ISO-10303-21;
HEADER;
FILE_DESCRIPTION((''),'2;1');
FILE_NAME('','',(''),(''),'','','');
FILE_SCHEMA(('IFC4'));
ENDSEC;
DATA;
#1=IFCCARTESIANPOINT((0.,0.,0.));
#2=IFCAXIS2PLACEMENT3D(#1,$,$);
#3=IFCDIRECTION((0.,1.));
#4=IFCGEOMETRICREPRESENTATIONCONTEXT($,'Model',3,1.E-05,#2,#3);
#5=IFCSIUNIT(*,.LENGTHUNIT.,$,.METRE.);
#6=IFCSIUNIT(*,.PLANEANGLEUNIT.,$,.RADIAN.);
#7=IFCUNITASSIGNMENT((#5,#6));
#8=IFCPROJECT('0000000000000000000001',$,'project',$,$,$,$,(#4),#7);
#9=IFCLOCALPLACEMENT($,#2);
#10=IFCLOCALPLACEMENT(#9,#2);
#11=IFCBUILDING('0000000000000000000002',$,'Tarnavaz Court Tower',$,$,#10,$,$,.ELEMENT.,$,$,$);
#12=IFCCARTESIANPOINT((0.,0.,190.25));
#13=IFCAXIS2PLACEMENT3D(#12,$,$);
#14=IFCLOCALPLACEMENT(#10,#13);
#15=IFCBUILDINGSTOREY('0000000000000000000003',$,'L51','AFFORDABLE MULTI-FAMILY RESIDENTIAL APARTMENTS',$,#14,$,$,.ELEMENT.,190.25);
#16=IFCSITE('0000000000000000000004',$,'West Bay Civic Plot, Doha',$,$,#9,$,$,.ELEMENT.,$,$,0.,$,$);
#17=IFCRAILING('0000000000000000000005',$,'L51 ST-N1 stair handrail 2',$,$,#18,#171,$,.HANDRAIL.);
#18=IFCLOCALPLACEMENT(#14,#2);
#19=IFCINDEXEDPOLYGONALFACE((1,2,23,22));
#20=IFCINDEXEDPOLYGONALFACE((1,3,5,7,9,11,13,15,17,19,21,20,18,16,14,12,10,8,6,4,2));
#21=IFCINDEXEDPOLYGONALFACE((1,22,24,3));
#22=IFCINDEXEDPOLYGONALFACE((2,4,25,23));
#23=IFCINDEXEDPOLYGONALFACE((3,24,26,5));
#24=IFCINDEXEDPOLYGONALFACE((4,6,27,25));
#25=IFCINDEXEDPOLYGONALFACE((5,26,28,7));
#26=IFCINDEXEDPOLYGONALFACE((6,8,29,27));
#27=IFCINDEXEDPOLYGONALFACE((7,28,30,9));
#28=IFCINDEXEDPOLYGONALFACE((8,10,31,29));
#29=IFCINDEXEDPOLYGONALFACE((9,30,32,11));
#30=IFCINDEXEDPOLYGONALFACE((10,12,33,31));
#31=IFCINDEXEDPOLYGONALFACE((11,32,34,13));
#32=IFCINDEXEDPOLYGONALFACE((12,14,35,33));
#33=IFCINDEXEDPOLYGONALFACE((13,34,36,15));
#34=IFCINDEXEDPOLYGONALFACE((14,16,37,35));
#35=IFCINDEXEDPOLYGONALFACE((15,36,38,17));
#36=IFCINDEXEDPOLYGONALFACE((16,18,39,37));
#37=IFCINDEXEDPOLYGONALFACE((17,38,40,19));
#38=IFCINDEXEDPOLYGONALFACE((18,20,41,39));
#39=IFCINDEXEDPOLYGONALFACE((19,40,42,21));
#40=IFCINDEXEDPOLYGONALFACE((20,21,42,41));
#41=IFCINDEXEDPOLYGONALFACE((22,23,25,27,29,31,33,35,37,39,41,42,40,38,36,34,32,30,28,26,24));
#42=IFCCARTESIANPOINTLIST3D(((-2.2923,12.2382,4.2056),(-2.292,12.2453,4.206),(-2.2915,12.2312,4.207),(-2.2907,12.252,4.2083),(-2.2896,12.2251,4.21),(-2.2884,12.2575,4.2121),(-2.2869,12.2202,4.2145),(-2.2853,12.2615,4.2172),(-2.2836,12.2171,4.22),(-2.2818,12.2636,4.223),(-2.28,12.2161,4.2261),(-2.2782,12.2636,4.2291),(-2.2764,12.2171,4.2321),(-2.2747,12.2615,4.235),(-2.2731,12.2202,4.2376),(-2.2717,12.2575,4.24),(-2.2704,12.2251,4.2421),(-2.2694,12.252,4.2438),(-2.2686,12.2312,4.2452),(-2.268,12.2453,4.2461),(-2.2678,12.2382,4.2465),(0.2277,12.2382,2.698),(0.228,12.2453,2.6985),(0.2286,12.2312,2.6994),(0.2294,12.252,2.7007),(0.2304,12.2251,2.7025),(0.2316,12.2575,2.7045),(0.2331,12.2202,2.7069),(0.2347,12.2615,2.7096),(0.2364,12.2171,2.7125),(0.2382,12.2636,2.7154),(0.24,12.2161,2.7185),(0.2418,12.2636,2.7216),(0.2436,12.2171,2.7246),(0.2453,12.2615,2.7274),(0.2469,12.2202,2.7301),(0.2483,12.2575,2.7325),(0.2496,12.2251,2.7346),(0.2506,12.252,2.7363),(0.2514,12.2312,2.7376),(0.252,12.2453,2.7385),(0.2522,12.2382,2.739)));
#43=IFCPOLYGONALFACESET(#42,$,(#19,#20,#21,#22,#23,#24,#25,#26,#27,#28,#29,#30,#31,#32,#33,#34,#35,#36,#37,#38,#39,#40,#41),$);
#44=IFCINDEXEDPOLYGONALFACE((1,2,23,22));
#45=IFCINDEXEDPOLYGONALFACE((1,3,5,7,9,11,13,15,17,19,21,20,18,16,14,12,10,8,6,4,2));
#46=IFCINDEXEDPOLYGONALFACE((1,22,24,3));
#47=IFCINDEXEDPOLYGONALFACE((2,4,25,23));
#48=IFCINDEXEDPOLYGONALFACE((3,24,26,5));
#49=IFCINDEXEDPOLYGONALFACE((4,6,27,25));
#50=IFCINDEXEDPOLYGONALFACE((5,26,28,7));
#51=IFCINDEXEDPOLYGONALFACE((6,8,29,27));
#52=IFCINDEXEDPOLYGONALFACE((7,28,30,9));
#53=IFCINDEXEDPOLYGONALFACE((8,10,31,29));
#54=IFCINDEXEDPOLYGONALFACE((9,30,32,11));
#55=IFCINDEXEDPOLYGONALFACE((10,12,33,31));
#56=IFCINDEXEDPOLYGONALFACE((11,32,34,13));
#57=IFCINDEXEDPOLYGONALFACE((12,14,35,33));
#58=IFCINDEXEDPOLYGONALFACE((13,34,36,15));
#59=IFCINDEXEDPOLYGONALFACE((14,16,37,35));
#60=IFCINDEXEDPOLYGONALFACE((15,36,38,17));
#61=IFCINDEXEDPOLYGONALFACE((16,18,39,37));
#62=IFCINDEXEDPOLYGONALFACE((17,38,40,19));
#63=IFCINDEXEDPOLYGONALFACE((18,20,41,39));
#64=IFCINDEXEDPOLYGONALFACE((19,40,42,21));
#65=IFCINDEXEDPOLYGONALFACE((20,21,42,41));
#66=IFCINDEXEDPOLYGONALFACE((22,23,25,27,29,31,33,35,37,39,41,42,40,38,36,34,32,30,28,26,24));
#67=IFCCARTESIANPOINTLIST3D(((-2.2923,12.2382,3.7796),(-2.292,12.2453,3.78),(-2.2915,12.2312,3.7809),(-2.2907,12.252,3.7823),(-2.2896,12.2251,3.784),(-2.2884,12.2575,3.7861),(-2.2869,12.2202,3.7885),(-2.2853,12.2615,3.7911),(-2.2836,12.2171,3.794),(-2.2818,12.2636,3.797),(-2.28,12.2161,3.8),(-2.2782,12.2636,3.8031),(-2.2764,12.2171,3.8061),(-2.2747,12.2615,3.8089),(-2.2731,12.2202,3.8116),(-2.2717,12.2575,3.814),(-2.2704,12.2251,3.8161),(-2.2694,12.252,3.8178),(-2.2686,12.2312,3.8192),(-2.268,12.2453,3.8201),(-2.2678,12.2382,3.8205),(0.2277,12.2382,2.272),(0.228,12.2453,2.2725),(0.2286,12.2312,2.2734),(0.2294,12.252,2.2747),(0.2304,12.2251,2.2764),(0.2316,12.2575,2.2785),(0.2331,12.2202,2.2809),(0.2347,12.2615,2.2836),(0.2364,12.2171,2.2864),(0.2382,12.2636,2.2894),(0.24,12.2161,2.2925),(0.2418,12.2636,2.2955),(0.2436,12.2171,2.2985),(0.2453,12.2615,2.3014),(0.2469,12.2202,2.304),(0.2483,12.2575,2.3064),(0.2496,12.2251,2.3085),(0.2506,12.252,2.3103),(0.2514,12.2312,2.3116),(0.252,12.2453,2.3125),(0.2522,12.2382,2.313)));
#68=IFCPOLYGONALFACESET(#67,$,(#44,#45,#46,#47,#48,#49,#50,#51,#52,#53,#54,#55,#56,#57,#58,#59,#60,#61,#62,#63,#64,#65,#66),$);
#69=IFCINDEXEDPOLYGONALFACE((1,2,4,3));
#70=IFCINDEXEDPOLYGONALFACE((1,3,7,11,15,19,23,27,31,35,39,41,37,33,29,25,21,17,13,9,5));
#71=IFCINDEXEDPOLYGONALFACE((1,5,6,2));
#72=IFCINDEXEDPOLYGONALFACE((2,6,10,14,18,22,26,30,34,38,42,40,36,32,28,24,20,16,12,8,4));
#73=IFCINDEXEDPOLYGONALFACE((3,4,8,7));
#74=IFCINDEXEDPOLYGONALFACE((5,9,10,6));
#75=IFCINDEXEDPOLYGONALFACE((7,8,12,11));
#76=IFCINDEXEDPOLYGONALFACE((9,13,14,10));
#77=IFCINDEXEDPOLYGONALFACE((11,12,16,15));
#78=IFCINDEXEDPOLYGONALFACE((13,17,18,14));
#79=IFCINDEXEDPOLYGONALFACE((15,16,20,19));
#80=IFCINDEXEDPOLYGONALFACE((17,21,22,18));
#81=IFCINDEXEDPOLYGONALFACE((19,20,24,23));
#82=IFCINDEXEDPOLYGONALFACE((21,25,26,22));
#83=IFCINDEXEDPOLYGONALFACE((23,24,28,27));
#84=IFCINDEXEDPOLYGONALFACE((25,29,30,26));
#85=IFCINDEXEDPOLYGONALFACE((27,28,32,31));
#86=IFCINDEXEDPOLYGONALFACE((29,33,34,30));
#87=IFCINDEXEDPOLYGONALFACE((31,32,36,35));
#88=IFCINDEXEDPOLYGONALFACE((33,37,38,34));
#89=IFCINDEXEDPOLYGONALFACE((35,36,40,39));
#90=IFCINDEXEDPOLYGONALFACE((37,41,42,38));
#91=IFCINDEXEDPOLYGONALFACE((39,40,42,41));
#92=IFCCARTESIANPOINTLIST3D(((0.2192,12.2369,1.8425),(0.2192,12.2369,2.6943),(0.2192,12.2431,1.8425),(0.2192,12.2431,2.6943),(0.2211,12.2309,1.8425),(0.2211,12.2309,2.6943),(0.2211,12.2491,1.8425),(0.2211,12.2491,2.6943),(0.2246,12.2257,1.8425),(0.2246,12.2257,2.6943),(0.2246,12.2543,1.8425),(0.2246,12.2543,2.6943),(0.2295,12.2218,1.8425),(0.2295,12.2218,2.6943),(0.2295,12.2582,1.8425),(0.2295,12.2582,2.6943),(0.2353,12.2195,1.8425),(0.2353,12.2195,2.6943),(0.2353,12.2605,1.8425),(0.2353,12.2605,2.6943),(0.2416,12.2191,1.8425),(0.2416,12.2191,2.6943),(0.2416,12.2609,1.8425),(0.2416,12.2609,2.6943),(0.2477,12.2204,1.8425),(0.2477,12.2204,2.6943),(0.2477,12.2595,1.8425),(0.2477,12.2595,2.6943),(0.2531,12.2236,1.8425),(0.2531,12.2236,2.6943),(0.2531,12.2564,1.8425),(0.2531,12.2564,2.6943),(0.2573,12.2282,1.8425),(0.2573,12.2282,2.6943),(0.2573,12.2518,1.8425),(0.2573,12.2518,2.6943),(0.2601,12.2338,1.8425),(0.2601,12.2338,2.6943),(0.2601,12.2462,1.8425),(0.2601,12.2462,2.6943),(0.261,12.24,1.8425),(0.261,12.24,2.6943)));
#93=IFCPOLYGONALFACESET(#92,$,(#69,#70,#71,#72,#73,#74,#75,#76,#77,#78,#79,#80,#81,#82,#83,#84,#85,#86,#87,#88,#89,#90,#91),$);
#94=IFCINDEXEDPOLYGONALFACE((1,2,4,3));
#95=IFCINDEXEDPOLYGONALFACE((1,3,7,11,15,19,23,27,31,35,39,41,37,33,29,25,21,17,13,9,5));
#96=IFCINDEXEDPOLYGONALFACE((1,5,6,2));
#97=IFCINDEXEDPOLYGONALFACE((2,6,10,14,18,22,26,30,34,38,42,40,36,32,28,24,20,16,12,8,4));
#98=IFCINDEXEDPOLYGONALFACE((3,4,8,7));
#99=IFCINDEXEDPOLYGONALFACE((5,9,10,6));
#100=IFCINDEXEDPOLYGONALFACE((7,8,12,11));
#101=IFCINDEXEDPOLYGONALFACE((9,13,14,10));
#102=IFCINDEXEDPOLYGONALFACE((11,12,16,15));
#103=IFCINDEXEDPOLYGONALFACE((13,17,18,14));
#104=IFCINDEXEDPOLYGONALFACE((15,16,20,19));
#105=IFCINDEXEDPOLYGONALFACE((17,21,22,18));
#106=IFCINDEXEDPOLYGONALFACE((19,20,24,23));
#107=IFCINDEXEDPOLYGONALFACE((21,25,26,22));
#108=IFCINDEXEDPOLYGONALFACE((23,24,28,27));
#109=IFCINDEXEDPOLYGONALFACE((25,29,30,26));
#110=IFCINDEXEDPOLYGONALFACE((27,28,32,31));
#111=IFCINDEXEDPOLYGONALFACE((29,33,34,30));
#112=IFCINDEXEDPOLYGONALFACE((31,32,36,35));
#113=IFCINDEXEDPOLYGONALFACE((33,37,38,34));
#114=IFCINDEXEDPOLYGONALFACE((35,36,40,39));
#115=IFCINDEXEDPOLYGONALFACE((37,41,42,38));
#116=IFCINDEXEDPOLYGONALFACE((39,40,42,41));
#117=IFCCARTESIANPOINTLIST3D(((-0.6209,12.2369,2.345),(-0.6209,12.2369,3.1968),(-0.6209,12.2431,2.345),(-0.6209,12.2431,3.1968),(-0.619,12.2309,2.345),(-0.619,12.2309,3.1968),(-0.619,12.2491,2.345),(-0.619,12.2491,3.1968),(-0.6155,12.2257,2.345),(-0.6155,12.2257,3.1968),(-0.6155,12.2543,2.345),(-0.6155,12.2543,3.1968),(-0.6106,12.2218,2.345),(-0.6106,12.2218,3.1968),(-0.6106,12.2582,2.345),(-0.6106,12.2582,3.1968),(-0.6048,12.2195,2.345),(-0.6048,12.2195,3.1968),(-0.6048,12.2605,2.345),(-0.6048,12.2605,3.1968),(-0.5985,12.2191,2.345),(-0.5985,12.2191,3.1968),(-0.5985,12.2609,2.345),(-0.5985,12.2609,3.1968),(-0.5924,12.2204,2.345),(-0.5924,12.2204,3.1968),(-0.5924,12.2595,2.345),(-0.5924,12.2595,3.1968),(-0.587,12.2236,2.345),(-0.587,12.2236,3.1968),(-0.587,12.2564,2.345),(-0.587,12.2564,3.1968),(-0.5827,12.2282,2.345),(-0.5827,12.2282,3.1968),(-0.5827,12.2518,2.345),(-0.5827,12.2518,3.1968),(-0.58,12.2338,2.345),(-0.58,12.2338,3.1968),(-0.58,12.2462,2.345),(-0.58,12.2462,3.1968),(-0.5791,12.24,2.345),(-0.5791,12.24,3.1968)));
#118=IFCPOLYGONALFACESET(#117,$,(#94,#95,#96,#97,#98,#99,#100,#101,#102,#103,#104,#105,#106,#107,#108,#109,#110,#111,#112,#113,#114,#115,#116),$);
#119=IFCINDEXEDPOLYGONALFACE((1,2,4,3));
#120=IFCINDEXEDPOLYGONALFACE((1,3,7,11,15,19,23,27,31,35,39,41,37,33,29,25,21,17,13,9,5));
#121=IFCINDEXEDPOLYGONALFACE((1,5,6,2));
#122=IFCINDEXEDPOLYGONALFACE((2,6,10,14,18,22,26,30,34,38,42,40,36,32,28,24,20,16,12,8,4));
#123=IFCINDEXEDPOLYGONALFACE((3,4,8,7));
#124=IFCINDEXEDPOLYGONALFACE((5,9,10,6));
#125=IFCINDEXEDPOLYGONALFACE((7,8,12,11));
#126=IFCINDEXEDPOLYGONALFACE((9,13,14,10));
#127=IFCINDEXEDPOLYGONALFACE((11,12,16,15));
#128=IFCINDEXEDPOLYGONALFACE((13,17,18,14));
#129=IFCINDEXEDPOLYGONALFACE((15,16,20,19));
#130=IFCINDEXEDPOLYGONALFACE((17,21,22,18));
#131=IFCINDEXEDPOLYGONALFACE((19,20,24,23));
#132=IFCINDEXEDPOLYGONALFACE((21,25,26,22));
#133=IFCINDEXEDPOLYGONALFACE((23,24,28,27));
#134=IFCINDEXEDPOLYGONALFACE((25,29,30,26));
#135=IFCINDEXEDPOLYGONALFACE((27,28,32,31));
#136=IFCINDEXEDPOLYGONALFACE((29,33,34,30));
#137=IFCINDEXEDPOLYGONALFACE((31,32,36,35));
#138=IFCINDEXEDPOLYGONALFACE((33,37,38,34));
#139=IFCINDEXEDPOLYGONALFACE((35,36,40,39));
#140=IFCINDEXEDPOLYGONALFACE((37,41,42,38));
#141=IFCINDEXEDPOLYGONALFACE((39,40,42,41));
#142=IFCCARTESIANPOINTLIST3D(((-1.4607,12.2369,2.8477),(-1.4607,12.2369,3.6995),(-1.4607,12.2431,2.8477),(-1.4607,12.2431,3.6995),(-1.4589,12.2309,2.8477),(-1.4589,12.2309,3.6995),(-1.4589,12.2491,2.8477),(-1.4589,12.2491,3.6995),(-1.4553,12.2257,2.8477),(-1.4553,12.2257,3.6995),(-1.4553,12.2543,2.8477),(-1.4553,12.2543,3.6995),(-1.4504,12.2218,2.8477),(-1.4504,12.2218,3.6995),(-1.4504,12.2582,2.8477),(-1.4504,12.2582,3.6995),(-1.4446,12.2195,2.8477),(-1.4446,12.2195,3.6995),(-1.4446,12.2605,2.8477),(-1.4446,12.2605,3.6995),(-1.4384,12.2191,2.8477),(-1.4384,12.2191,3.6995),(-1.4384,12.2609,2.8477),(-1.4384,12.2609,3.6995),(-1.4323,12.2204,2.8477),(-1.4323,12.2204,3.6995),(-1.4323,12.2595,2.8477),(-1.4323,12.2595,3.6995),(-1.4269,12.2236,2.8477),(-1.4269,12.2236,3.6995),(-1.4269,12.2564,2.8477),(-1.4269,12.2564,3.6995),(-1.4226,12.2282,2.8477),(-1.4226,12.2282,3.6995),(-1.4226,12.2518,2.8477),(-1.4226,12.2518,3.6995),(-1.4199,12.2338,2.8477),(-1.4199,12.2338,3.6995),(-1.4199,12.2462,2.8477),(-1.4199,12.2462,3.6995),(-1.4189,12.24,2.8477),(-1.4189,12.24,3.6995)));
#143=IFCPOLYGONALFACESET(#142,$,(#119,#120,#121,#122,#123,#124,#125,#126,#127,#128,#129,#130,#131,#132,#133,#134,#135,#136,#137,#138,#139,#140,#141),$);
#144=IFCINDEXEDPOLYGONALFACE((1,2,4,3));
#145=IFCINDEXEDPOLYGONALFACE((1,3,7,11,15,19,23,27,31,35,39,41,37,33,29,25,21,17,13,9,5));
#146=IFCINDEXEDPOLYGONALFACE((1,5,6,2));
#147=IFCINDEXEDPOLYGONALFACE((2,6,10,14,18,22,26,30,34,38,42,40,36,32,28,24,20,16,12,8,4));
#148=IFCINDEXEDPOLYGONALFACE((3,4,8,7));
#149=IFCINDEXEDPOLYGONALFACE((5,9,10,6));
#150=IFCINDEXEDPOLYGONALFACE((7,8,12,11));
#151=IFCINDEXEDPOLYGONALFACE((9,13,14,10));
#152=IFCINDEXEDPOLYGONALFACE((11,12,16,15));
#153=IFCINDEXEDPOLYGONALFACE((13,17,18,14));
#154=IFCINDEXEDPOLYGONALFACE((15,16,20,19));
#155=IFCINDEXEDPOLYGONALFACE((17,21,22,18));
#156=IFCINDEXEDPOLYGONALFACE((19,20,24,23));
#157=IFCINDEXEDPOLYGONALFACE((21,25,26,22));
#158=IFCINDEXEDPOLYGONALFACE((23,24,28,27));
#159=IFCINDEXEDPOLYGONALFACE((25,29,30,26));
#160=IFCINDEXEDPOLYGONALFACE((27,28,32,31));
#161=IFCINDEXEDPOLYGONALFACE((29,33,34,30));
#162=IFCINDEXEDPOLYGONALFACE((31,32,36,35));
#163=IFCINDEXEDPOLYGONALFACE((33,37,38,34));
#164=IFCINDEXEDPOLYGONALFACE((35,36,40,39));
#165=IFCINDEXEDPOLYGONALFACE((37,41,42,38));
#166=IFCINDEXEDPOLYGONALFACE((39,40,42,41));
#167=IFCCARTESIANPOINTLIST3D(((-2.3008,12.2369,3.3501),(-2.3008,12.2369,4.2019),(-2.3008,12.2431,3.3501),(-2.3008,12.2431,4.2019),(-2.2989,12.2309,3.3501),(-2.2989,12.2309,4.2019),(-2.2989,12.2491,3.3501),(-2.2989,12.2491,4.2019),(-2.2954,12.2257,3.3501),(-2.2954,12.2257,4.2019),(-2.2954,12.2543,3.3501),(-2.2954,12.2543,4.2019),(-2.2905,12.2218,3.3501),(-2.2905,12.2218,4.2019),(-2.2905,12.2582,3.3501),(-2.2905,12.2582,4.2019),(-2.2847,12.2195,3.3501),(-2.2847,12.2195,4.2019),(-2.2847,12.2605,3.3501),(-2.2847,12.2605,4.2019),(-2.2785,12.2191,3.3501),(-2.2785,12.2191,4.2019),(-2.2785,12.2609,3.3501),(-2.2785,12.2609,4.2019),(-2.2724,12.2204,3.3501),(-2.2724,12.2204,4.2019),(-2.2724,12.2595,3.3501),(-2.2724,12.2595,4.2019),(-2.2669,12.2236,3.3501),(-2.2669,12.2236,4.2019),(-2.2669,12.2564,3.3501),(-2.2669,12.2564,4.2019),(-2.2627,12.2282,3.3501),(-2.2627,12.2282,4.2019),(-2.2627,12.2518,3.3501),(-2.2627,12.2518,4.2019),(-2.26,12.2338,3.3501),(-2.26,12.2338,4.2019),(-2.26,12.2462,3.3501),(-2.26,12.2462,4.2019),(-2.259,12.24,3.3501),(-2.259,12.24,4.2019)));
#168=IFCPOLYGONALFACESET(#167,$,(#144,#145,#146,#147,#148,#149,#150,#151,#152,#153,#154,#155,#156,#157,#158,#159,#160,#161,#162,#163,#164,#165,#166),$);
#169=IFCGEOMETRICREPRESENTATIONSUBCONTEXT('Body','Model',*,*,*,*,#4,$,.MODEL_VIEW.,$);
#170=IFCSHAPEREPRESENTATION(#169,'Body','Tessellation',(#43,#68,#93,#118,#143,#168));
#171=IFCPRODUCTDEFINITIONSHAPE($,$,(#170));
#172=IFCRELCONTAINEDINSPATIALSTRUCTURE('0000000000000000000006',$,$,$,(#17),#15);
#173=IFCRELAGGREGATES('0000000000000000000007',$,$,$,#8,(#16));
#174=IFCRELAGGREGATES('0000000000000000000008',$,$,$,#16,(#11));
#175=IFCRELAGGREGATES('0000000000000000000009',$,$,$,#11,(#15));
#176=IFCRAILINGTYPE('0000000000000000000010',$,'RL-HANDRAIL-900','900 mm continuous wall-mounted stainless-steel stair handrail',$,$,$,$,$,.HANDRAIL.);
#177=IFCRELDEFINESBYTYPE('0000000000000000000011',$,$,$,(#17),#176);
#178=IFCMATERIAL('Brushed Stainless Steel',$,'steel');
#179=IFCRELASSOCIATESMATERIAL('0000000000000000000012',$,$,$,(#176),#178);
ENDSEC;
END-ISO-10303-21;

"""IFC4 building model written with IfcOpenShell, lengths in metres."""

from ifc_helpers import new_model, si_unit, direction, frame, origin, origin_2d, place, context, subcontext, project, spatial, circle, extrude, material, type_object, element, save


model = new_model("IFC4")

# Units and contexts
model_context = context("Model", 3, precision=1e-05, world=origin(), true_north=direction((0.0, 1.0)))
body_context = subcontext(model_context, "Body", "Model", "MODEL_VIEW")
ifc_project = project(units=[si_unit("LENGTHUNIT", "METRE"), si_unit("PLANEANGLEUNIT", "RADIAN")], contexts=[model_context])

# Site, building, storey
site_placement = place(None, origin())
site = spatial("IfcSite", under=ifc_project, at=site_placement, Name="West Bay Civic Plot, Doha", CompositionType="ELEMENT", RefElevation=0.0)
building_placement = place(site_placement, origin())
building = spatial("IfcBuilding", under=site, at=building_placement, Name="Tarnavaz Court Tower", CompositionType="ELEMENT")
storey_placement = place(building_placement, frame((0.0, 0.0, 190.25)))
storey = spatial("IfcBuildingStorey", under=building, at=storey_placement, Name="L51", Description="AFFORDABLE MULTI-FAMILY RESIDENTIAL APARTMENTS", CompositionType="ELEMENT", Elevation=190.25)

# Railing
ifc_material_1 = material(Name="Brushed Stainless Steel", Category="steel")
railing_type_1 = type_object("IfcRailingType", Name="RL-HANDRAIL-900", Description="900 mm continuous wall-mounted stainless-steel stair handrail", PredefinedType="HANDRAIL", material=ifc_material_1)
railing_1_placement = place(storey_placement, frame((0.24, 12.24, 1.8425)))
element("IfcRailing", 1, at=railing_1_placement, inside=storey, type_object=railing_type_1, Name="L51 ST-N1 stair handrail 2", PredefinedType="HANDRAIL", context=body_context, shape_type="SweptSolid", body=[
    extrude(circle(Radius=0.0239, at=origin_2d()), frame((0.0, 0.0, 0.876), z_axis=(-0.85816, 0.0, 0.513383), x_axis=(0.0, -1.0, 0.0)), (0.0, 0.0, 1.0), 2.9365),
    extrude(circle(Radius=0.0239, at=origin_2d()), frame((0.0, 0.0, 0.45), z_axis=(-0.85816, 0.0, 0.513383), x_axis=(0.0, -1.0, 0.0)), (0.0, 0.0, 1.0), 2.9365),
    extrude(circle(Radius=0.021, at=origin_2d()), origin(), (0.0, 0.0, 1.0), 0.8518),
    extrude(circle(Radius=0.021, at=origin_2d()), frame((-0.8401, 0.0, 0.5024)), (0.0, 0.0, 1.0), 0.8518),
    extrude(circle(Radius=0.021, at=origin_2d()), frame((-1.6799, 0.0, 1.0051)), (0.0, 0.0, 1.0), 0.8518),
    extrude(circle(Radius=0.021, at=origin_2d()), frame((-2.52, 0.0, 1.5076)), (0.0, 0.0, 1.0), 0.8518),
])

save(model, "model.ifc")
